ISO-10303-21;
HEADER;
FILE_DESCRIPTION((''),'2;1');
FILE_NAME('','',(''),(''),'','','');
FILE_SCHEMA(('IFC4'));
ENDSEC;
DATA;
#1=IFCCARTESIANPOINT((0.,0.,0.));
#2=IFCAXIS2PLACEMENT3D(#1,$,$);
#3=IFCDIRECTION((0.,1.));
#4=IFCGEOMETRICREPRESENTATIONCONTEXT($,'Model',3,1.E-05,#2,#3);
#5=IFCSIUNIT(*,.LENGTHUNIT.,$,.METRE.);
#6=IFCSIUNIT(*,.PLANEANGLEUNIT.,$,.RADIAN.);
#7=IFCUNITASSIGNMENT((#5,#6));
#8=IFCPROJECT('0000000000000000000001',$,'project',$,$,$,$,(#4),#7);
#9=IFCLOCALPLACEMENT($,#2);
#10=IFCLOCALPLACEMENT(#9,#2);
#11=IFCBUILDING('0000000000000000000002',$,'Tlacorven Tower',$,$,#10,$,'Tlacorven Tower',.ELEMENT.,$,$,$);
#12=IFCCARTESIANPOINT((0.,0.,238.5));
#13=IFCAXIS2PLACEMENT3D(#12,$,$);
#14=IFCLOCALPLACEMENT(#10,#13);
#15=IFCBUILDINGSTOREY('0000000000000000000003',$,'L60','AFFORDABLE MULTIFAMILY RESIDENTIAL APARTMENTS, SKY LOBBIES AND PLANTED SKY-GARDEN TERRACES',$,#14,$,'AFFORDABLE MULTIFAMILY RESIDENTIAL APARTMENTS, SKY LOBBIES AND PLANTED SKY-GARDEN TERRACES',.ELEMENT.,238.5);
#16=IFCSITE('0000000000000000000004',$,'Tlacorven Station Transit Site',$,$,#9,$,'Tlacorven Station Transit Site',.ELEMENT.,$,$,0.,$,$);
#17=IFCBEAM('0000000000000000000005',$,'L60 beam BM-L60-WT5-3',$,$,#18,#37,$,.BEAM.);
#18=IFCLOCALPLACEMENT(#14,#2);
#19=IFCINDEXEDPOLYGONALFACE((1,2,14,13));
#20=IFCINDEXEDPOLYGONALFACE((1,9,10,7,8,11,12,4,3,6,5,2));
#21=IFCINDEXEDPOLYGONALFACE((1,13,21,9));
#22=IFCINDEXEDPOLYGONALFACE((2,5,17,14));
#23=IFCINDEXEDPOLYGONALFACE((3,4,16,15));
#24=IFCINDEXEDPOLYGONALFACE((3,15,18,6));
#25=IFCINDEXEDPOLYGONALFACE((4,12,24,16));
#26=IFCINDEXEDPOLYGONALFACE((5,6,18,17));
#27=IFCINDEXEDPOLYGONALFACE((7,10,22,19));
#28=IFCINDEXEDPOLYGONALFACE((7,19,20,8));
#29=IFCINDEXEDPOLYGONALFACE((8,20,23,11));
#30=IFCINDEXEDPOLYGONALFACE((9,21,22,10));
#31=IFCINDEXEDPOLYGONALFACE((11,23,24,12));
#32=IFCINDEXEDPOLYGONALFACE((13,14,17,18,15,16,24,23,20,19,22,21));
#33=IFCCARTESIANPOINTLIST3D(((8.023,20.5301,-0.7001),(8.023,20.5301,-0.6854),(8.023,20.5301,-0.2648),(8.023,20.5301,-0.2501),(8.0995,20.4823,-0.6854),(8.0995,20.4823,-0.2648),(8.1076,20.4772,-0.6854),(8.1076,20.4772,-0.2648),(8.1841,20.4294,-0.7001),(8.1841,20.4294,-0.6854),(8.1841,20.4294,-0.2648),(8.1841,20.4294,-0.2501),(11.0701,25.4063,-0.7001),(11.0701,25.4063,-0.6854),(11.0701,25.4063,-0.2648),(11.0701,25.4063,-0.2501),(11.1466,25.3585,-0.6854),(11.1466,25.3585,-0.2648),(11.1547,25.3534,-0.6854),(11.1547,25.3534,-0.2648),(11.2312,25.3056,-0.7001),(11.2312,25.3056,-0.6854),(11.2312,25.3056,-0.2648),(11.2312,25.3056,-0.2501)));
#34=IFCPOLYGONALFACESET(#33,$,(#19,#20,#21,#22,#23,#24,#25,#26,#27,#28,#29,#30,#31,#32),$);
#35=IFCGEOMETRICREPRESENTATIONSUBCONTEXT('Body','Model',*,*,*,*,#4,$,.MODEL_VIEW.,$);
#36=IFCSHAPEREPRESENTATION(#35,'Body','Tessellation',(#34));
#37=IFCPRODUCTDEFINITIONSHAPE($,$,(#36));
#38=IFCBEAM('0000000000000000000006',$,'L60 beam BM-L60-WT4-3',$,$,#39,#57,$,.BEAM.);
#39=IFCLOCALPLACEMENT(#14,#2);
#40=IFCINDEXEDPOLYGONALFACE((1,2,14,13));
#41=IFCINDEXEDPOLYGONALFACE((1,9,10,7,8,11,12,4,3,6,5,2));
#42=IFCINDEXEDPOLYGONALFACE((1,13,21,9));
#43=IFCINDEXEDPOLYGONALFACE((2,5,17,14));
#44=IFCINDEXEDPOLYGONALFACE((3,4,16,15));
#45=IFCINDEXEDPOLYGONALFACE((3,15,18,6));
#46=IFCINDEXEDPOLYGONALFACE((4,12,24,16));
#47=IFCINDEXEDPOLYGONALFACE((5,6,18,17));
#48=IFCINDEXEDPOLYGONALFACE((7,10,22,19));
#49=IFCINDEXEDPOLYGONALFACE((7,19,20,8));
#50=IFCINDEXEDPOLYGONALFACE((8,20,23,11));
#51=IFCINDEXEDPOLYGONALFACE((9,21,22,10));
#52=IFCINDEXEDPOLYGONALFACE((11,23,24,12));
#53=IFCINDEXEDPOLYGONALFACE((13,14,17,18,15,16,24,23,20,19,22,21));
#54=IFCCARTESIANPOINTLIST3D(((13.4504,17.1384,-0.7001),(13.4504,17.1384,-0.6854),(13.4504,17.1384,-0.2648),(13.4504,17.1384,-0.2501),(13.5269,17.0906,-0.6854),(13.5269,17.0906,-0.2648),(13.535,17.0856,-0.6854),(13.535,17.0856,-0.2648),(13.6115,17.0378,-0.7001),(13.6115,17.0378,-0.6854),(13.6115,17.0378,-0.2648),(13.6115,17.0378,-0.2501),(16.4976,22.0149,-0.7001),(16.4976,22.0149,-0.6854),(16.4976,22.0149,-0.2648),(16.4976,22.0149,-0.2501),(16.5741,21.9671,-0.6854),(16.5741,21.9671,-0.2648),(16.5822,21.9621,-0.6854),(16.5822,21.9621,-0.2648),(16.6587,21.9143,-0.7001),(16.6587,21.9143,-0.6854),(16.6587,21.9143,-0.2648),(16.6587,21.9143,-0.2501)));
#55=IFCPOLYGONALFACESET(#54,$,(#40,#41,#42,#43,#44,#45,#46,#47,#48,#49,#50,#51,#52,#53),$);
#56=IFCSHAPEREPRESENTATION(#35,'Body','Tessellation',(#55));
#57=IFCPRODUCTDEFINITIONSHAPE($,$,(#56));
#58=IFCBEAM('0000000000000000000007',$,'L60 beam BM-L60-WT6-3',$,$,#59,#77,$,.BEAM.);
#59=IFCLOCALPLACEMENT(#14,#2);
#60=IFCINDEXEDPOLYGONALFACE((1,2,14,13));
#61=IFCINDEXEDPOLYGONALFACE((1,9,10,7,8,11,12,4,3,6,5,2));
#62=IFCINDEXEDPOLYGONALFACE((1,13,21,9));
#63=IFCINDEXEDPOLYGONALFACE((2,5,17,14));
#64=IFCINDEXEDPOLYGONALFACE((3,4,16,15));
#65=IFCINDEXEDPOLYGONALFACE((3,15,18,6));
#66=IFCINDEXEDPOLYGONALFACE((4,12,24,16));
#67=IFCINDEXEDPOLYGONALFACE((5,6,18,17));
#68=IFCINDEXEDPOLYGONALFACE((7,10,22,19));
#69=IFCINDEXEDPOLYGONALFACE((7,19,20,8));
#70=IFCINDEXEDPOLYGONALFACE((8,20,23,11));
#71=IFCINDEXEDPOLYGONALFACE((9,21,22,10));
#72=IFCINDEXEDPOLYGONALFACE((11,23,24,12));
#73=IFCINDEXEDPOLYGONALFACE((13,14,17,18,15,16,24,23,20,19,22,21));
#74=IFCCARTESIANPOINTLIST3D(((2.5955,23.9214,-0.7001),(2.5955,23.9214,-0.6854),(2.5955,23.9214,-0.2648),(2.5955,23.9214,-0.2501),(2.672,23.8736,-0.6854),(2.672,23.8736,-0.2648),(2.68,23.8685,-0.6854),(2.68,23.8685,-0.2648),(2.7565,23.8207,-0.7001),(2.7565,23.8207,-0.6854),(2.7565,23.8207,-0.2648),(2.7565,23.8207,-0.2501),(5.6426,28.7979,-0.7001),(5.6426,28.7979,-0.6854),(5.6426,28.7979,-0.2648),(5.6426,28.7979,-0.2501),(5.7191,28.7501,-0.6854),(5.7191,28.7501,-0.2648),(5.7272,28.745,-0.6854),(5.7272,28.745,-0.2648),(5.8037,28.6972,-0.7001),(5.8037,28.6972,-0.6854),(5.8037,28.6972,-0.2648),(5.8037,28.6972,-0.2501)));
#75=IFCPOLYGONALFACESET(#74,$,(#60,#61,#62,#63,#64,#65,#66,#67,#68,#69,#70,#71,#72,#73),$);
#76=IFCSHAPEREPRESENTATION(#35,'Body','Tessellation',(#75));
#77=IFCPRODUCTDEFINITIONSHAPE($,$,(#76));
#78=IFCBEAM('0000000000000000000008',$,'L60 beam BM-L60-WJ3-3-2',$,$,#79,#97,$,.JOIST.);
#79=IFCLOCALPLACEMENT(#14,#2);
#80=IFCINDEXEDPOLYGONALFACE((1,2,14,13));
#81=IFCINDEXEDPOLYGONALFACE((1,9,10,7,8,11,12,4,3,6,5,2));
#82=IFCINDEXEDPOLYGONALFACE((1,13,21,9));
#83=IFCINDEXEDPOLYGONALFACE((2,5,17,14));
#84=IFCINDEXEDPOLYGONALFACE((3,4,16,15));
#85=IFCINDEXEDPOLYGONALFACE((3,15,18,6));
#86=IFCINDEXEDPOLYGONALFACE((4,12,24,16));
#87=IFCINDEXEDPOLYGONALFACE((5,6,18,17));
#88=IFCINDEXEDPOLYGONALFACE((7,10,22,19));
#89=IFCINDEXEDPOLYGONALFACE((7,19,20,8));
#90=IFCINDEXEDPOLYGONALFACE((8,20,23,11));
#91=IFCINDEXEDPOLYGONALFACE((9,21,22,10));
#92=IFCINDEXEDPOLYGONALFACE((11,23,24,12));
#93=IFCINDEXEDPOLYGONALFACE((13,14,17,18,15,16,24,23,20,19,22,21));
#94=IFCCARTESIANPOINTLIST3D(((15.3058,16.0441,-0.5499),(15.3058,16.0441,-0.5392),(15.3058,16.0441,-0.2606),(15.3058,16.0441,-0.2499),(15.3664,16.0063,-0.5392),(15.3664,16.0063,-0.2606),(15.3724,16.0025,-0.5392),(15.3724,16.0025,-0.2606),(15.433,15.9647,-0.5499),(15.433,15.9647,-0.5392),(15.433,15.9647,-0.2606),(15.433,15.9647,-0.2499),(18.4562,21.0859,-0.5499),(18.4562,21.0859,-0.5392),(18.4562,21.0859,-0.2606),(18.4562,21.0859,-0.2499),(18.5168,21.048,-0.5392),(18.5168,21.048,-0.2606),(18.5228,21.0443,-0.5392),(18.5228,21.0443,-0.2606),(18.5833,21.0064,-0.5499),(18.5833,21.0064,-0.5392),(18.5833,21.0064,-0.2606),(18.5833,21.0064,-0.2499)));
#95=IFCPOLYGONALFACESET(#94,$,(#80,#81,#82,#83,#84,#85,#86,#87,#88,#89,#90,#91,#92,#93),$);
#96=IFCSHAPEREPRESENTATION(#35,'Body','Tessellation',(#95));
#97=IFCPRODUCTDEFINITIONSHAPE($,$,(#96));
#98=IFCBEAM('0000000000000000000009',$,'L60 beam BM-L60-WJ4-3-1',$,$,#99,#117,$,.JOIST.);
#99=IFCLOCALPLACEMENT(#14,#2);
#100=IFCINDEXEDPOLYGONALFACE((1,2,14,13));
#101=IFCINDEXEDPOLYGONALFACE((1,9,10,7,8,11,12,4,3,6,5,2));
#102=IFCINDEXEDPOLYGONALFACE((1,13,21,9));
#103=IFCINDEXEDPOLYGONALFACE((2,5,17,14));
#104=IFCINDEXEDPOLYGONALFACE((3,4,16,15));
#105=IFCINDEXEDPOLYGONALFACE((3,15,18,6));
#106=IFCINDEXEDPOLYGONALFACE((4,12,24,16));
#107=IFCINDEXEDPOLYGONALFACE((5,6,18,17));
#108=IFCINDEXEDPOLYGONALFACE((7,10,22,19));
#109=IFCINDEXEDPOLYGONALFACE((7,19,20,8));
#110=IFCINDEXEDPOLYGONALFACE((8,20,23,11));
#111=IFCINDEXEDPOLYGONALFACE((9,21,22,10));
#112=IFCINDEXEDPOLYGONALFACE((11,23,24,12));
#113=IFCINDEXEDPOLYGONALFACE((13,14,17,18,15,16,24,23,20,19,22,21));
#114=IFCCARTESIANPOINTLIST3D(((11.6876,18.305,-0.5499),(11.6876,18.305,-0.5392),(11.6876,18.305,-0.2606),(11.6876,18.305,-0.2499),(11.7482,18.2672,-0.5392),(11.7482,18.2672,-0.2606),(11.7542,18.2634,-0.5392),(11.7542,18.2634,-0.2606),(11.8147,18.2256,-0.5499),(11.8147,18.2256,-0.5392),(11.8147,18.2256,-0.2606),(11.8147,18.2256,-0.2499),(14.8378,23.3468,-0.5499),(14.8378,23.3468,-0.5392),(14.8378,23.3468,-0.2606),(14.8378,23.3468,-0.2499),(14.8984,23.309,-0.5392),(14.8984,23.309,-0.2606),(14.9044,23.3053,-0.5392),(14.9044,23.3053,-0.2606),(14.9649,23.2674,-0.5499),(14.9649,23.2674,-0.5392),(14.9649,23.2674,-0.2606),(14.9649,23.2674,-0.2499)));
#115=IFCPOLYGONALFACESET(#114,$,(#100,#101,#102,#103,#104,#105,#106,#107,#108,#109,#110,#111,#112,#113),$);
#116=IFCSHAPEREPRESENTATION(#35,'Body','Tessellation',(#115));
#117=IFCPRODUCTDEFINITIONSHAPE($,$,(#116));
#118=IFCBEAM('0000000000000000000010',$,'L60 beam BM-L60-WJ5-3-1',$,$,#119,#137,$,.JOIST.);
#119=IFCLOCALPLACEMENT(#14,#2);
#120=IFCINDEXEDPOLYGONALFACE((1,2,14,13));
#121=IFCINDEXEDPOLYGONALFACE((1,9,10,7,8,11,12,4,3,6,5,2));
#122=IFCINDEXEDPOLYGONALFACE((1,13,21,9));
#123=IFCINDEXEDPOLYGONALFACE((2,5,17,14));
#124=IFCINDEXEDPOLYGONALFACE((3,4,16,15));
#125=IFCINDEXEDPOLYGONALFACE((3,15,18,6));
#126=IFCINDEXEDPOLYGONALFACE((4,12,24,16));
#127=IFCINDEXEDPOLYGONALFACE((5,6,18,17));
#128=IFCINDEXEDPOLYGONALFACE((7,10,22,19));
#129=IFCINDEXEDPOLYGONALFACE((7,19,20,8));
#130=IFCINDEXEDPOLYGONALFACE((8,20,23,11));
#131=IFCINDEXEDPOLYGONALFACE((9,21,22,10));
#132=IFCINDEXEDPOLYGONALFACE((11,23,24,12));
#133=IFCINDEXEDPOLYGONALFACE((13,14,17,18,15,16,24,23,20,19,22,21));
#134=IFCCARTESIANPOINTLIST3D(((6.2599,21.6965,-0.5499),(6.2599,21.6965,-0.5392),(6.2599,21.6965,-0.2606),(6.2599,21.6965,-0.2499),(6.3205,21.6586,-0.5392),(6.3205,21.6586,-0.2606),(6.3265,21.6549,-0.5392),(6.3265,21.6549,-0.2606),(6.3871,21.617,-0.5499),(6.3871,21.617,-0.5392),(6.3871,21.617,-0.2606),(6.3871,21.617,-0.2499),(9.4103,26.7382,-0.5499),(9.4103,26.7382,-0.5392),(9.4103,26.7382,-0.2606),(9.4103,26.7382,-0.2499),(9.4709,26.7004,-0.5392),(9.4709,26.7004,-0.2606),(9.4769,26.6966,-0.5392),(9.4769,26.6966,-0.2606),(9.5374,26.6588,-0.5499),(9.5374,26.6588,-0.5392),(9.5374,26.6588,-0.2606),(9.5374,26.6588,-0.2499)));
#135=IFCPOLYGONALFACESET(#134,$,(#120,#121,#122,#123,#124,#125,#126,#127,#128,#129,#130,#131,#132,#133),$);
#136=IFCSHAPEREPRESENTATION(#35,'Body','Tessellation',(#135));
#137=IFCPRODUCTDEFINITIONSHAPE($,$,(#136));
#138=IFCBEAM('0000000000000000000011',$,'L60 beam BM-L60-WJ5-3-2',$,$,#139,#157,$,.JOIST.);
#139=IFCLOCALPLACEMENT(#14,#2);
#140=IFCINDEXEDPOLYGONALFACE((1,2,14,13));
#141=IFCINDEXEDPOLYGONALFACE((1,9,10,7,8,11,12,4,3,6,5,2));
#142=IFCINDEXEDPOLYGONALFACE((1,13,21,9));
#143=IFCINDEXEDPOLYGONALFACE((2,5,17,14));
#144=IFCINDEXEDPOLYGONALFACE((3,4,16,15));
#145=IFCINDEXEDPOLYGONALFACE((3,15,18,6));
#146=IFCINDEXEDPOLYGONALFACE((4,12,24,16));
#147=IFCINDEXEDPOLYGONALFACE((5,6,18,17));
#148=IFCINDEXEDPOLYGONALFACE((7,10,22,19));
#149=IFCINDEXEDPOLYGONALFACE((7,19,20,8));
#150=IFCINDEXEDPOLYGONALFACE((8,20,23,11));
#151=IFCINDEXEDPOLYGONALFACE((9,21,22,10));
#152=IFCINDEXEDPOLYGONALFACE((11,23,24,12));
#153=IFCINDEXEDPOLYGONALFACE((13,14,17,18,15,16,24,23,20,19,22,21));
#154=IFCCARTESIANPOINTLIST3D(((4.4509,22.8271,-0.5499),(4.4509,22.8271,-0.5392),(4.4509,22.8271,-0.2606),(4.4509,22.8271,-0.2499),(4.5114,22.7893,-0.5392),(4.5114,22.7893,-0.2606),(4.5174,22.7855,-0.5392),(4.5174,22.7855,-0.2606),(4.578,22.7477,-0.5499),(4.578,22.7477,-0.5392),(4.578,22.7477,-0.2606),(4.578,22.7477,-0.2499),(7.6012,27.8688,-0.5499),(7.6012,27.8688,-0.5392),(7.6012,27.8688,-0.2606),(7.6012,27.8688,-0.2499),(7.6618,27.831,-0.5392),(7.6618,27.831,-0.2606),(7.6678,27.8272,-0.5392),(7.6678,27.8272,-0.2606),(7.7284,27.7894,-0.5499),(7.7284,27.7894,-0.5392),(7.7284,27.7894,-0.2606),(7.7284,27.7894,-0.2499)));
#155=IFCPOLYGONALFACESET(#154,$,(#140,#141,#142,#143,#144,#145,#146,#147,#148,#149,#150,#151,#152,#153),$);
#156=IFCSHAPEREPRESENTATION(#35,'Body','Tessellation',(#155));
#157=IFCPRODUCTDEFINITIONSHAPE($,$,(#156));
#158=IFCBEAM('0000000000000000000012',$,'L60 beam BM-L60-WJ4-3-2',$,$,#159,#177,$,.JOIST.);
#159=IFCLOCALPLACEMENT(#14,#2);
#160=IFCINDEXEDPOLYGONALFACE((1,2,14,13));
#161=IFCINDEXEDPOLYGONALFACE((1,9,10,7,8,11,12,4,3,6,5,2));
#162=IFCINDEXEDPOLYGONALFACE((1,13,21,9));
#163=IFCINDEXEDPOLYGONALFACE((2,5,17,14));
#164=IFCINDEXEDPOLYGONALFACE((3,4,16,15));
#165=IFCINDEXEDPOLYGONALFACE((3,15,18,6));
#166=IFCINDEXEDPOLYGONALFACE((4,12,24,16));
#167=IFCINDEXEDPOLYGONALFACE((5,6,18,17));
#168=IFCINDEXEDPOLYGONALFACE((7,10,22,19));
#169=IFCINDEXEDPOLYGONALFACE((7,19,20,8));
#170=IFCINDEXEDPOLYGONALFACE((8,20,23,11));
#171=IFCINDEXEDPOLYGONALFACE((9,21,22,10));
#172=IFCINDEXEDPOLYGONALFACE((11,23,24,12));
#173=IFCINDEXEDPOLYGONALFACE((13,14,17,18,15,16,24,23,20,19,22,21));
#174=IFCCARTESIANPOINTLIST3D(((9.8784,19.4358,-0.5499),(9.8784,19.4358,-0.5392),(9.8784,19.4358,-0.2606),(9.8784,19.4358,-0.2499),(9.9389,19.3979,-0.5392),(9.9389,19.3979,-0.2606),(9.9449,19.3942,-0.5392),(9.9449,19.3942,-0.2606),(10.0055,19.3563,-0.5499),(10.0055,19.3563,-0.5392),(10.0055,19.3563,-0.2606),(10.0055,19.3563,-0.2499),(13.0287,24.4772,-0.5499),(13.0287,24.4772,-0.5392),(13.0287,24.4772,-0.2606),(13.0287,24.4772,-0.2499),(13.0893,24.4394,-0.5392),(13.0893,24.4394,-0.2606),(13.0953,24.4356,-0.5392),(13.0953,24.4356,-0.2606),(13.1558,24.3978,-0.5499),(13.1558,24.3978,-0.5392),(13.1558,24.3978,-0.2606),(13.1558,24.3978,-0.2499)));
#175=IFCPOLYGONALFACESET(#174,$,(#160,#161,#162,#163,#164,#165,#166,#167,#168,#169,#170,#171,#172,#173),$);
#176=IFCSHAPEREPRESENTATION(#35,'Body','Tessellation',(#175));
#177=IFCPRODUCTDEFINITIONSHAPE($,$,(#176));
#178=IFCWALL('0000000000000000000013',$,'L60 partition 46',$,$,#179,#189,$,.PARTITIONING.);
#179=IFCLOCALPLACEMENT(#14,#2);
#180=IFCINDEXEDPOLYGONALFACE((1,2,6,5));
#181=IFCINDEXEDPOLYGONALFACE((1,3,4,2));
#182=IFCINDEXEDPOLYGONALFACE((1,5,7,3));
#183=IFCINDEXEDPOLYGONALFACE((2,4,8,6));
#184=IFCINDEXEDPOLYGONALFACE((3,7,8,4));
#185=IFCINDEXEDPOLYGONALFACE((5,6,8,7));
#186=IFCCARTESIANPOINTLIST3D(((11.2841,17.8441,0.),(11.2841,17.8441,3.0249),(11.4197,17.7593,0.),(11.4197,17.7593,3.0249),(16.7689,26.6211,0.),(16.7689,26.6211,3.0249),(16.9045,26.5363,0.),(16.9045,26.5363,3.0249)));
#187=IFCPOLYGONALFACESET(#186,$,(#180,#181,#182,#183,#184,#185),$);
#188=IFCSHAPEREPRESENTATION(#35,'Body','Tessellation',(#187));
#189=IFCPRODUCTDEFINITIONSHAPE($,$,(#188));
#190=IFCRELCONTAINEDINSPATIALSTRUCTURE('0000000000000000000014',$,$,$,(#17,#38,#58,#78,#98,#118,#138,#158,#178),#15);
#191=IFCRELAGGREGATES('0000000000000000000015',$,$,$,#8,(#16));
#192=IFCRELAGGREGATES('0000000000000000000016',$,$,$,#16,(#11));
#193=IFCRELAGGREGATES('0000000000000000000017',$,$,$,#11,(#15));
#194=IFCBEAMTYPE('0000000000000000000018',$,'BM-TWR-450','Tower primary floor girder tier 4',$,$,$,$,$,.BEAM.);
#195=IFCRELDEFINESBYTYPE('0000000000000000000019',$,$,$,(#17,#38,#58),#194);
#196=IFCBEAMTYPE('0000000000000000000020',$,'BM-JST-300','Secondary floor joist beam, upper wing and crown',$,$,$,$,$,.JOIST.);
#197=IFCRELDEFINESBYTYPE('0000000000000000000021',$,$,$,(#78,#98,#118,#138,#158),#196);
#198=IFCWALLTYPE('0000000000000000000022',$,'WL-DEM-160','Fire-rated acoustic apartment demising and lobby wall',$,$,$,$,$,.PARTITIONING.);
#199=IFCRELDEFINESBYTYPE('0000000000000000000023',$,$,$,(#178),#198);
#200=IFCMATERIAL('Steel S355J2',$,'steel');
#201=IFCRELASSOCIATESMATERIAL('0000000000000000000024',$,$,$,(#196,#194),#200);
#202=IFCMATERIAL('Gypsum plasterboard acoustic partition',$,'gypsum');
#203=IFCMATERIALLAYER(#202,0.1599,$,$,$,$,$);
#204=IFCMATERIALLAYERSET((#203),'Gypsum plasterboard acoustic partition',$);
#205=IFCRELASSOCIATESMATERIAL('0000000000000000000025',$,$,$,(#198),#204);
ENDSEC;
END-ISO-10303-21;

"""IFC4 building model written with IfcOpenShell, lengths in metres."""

from ifc_helpers import new_model, si_unit, direction, frame, frame_2d, origin, origin_2d, place, context, subcontext, project, spatial, rectangle, i_section, extrude, source, transform, mapped, material, layer, layer_set, material_profile, profile_set, type_object, element, save


model = new_model("IFC4")

# Units and contexts
model_context = context("Model", 3, precision=1e-05, world=origin(), true_north=direction((0.0, 1.0)))
body_context = subcontext(model_context, "Body", "Model", "MODEL_VIEW")
ifc_project = project(units=[si_unit("LENGTHUNIT", "METRE"), si_unit("PLANEANGLEUNIT", "RADIAN")], contexts=[model_context])

# Site, building, storey
site_placement = place(None, origin())
site = spatial("IfcSite", under=ifc_project, at=site_placement, Name="Tlacorven Station Transit Site", LongName="Tlacorven Station Transit Site", CompositionType="ELEMENT", RefElevation=0.0)
building_placement = place(site_placement, origin())
building = spatial("IfcBuilding", under=site, at=building_placement, Name="Tlacorven Tower", LongName="Tlacorven Tower", CompositionType="ELEMENT")
storey_placement = place(building_placement, frame((0.0, 0.0, 238.5)))
storey = spatial("IfcBuildingStorey", under=building, at=storey_placement, Name="L60", Description="AFFORDABLE MULTIFAMILY RESIDENTIAL APARTMENTS, SKY LOBBIES AND PLANTED SKY-GARDEN TERRACES", LongName="AFFORDABLE MULTIFAMILY RESIDENTIAL APARTMENTS, SKY LOBBIES AND PLANTED SKY-GARDEN TERRACES", CompositionType="ELEMENT", Elevation=238.5)

# Shared definitions
ifc_material_1 = material(Name="Steel S355J2", Category="steel")

# Beams
ifc_material_profile_1 = material_profile(ifc_material_1, i_section(OverallWidth=0.1499, OverallDepth=0.3, WebThickness=0.0071, FlangeThickness=0.0107, at=origin_2d()), Name="IPE 300")
ifc_profile_set_1 = profile_set([ifc_material_profile_1], Name="Steel S355J2")
beam_type_1 = type_object("IfcBeamType", Name="BM-JST-300", Description="Secondary floor joist beam, upper wing and crown", PredefinedType="JOIST", material=ifc_profile_set_1)
ifc_material_profile_2 = material_profile(ifc_material_1, i_section(OverallWidth=0.1899, OverallDepth=0.45, WebThickness=0.0095, FlangeThickness=0.0146, at=origin_2d()), Name="IPE 450")
ifc_profile_set_2 = profile_set([ifc_material_profile_2], Name="Steel S355J2")
beam_type_2 = type_object("IfcBeamType", Name="BM-TWR-450", Description="Tower primary floor girder tier 4", PredefinedType="BEAM", material=ifc_profile_set_2)
shared_shape_1 = source(origin(), body_context, "Body", "SweptSolid", [
    extrude(i_section(OverallWidth=0.1899, OverallDepth=0.45, WebThickness=0.0095, FlangeThickness=0.0146, at=origin_2d()), origin(), (0.0, 0.0, 1.0), 5.75),
])
beam_1_placement = place(storey_placement, frame((11.1506, 25.356, -0.4751), z_axis=(-0.529934, -0.848039, 0.0), x_axis=(0.848039, -0.529934, 0.0)))
element("IfcBeam", 1, at=beam_1_placement, inside=storey, type_object=beam_type_2, Name="L60 beam BM-L60-WT5-3", PredefinedType="BEAM", context=body_context, shape_type="MappedRepresentation", body=[
    mapped(shared_shape_1, transform((0.0, 0.0, 0.0), scale=1.0)),
])
shared_shape_2 = source(origin(), body_context, "Body", "SweptSolid", [
    extrude(i_section(OverallWidth=0.1899, OverallDepth=0.45, WebThickness=0.0095, FlangeThickness=0.0146, at=origin_2d()), origin(), (0.0, 0.0, 1.0), 5.7502),
])
for number, where, z_axis, x_axis, name in (
    (2, (16.5781, 21.9646, -0.4751), (-0.529915, -0.848051, 0.0), (0.848051, -0.529915, 0.0), "L60 beam BM-L60-WT4-3"),
    (3, (5.7231, 28.7476, -0.4751), (-0.529915, -0.848051, 0.0), (0.848051, -0.529915, 0.0), "L60 beam BM-L60-WT6-3"),
):
    element("IfcBeam", number, at=place(storey_placement, frame(where, z_axis=z_axis, x_axis=x_axis)), inside=storey, type_object=beam_type_2, Name=name, PredefinedType="BEAM", context=body_context, shape_type="MappedRepresentation", body=[
        mapped(shared_shape_2, transform((0.0, 0.0, 0.0), scale=1.0)),
    ])
shared_shape_3 = source(origin(), body_context, "Body", "SweptSolid", [
    extrude(i_section(OverallWidth=0.1499, OverallDepth=0.3, WebThickness=0.0071, FlangeThickness=0.0107, at=origin_2d()), origin(), (0.0, 0.0, 1.0), 5.9451),
])
for number, where, z_axis, x_axis, name in (
    (4, (18.5198, 21.0461, -0.3999), (-0.529914, -0.848051, 0.0), (0.848051, -0.529914, 0.0), "L60 beam BM-L60-WJ3-3-2"),
    (5, (14.9014, 23.3071, -0.3999), (-0.529885, -0.84807, 0.0), (0.84807, -0.529885, 0.0), "L60 beam BM-L60-WJ4-3-1"),
    (6, (9.4739, 26.6985, -0.3999), (-0.529914, -0.848051, 0.0), (0.848051, -0.529914, 0.0), "L60 beam BM-L60-WJ5-3-1"),
    (7, (7.6648, 27.8291, -0.3999), (-0.529914, -0.848051, 0.0), (0.848051, -0.529914, 0.0), "L60 beam BM-L60-WJ5-3-2"),
):
    element("IfcBeam", number, at=place(storey_placement, frame(where, z_axis=z_axis, x_axis=x_axis)), inside=storey, type_object=beam_type_1, Name=name, PredefinedType="JOIST", context=body_context, shape_type="MappedRepresentation", body=[
        mapped(shared_shape_3, transform((0.0, 0.0, 0.0), scale=1.0)),
    ])
shared_shape_4 = source(origin(), body_context, "Body", "SweptSolid", [
    extrude(i_section(OverallWidth=0.1499, OverallDepth=0.3, WebThickness=0.0071, FlangeThickness=0.0107, at=origin_2d()), origin(), (0.0, 0.0, 1.0), 5.9448),
])
beam_2_placement = place(storey_placement, frame((13.0923, 24.4375, -0.3999), z_axis=(-0.529932, -0.84804, 0.0), x_axis=(0.84804, -0.529932, 0.0)))
element("IfcBeam", 8, at=beam_2_placement, inside=storey, type_object=beam_type_1, Name="L60 beam BM-L60-WJ4-3-2", PredefinedType="JOIST", context=body_context, shape_type="MappedRepresentation", body=[
    mapped(shared_shape_4, transform((0.0, 0.0, 0.0), scale=1.0)),
])

# Wall
ifc_material_2 = material(Name="Gypsum plasterboard acoustic partition", Category="gypsum")
ifc_layer_1 = layer(ifc_material_2, 0.1599)
ifc_layer_set_1 = layer_set([ifc_layer_1], Name="Gypsum plasterboard acoustic partition")
wall_type_1 = type_object("IfcWallType", Name="WL-DEM-160", Description="Fire-rated acoustic apartment demising and lobby wall", PredefinedType="PARTITIONING", material=ifc_layer_set_1)
wall_1_placement = place(storey_placement, frame((16.8367, 26.5786, 0.0), z_axis=(0.0, 0.0, 1.0), x_axis=(-0.529942, -0.848034, 0.0)))
element("IfcWall", 9, at=wall_1_placement, inside=storey, type_object=wall_type_1, Name="L60 partition 46", PredefinedType="PARTITIONING", context=body_context, shape_type="SweptSolid", body=[
    extrude(rectangle(XDim=10.3499, YDim=0.1599, at=frame_2d((5.1748, 0.0))), origin(), (0.0, 0.0, 1.0), 3.0249),
])

save(model, "model.ifc")
